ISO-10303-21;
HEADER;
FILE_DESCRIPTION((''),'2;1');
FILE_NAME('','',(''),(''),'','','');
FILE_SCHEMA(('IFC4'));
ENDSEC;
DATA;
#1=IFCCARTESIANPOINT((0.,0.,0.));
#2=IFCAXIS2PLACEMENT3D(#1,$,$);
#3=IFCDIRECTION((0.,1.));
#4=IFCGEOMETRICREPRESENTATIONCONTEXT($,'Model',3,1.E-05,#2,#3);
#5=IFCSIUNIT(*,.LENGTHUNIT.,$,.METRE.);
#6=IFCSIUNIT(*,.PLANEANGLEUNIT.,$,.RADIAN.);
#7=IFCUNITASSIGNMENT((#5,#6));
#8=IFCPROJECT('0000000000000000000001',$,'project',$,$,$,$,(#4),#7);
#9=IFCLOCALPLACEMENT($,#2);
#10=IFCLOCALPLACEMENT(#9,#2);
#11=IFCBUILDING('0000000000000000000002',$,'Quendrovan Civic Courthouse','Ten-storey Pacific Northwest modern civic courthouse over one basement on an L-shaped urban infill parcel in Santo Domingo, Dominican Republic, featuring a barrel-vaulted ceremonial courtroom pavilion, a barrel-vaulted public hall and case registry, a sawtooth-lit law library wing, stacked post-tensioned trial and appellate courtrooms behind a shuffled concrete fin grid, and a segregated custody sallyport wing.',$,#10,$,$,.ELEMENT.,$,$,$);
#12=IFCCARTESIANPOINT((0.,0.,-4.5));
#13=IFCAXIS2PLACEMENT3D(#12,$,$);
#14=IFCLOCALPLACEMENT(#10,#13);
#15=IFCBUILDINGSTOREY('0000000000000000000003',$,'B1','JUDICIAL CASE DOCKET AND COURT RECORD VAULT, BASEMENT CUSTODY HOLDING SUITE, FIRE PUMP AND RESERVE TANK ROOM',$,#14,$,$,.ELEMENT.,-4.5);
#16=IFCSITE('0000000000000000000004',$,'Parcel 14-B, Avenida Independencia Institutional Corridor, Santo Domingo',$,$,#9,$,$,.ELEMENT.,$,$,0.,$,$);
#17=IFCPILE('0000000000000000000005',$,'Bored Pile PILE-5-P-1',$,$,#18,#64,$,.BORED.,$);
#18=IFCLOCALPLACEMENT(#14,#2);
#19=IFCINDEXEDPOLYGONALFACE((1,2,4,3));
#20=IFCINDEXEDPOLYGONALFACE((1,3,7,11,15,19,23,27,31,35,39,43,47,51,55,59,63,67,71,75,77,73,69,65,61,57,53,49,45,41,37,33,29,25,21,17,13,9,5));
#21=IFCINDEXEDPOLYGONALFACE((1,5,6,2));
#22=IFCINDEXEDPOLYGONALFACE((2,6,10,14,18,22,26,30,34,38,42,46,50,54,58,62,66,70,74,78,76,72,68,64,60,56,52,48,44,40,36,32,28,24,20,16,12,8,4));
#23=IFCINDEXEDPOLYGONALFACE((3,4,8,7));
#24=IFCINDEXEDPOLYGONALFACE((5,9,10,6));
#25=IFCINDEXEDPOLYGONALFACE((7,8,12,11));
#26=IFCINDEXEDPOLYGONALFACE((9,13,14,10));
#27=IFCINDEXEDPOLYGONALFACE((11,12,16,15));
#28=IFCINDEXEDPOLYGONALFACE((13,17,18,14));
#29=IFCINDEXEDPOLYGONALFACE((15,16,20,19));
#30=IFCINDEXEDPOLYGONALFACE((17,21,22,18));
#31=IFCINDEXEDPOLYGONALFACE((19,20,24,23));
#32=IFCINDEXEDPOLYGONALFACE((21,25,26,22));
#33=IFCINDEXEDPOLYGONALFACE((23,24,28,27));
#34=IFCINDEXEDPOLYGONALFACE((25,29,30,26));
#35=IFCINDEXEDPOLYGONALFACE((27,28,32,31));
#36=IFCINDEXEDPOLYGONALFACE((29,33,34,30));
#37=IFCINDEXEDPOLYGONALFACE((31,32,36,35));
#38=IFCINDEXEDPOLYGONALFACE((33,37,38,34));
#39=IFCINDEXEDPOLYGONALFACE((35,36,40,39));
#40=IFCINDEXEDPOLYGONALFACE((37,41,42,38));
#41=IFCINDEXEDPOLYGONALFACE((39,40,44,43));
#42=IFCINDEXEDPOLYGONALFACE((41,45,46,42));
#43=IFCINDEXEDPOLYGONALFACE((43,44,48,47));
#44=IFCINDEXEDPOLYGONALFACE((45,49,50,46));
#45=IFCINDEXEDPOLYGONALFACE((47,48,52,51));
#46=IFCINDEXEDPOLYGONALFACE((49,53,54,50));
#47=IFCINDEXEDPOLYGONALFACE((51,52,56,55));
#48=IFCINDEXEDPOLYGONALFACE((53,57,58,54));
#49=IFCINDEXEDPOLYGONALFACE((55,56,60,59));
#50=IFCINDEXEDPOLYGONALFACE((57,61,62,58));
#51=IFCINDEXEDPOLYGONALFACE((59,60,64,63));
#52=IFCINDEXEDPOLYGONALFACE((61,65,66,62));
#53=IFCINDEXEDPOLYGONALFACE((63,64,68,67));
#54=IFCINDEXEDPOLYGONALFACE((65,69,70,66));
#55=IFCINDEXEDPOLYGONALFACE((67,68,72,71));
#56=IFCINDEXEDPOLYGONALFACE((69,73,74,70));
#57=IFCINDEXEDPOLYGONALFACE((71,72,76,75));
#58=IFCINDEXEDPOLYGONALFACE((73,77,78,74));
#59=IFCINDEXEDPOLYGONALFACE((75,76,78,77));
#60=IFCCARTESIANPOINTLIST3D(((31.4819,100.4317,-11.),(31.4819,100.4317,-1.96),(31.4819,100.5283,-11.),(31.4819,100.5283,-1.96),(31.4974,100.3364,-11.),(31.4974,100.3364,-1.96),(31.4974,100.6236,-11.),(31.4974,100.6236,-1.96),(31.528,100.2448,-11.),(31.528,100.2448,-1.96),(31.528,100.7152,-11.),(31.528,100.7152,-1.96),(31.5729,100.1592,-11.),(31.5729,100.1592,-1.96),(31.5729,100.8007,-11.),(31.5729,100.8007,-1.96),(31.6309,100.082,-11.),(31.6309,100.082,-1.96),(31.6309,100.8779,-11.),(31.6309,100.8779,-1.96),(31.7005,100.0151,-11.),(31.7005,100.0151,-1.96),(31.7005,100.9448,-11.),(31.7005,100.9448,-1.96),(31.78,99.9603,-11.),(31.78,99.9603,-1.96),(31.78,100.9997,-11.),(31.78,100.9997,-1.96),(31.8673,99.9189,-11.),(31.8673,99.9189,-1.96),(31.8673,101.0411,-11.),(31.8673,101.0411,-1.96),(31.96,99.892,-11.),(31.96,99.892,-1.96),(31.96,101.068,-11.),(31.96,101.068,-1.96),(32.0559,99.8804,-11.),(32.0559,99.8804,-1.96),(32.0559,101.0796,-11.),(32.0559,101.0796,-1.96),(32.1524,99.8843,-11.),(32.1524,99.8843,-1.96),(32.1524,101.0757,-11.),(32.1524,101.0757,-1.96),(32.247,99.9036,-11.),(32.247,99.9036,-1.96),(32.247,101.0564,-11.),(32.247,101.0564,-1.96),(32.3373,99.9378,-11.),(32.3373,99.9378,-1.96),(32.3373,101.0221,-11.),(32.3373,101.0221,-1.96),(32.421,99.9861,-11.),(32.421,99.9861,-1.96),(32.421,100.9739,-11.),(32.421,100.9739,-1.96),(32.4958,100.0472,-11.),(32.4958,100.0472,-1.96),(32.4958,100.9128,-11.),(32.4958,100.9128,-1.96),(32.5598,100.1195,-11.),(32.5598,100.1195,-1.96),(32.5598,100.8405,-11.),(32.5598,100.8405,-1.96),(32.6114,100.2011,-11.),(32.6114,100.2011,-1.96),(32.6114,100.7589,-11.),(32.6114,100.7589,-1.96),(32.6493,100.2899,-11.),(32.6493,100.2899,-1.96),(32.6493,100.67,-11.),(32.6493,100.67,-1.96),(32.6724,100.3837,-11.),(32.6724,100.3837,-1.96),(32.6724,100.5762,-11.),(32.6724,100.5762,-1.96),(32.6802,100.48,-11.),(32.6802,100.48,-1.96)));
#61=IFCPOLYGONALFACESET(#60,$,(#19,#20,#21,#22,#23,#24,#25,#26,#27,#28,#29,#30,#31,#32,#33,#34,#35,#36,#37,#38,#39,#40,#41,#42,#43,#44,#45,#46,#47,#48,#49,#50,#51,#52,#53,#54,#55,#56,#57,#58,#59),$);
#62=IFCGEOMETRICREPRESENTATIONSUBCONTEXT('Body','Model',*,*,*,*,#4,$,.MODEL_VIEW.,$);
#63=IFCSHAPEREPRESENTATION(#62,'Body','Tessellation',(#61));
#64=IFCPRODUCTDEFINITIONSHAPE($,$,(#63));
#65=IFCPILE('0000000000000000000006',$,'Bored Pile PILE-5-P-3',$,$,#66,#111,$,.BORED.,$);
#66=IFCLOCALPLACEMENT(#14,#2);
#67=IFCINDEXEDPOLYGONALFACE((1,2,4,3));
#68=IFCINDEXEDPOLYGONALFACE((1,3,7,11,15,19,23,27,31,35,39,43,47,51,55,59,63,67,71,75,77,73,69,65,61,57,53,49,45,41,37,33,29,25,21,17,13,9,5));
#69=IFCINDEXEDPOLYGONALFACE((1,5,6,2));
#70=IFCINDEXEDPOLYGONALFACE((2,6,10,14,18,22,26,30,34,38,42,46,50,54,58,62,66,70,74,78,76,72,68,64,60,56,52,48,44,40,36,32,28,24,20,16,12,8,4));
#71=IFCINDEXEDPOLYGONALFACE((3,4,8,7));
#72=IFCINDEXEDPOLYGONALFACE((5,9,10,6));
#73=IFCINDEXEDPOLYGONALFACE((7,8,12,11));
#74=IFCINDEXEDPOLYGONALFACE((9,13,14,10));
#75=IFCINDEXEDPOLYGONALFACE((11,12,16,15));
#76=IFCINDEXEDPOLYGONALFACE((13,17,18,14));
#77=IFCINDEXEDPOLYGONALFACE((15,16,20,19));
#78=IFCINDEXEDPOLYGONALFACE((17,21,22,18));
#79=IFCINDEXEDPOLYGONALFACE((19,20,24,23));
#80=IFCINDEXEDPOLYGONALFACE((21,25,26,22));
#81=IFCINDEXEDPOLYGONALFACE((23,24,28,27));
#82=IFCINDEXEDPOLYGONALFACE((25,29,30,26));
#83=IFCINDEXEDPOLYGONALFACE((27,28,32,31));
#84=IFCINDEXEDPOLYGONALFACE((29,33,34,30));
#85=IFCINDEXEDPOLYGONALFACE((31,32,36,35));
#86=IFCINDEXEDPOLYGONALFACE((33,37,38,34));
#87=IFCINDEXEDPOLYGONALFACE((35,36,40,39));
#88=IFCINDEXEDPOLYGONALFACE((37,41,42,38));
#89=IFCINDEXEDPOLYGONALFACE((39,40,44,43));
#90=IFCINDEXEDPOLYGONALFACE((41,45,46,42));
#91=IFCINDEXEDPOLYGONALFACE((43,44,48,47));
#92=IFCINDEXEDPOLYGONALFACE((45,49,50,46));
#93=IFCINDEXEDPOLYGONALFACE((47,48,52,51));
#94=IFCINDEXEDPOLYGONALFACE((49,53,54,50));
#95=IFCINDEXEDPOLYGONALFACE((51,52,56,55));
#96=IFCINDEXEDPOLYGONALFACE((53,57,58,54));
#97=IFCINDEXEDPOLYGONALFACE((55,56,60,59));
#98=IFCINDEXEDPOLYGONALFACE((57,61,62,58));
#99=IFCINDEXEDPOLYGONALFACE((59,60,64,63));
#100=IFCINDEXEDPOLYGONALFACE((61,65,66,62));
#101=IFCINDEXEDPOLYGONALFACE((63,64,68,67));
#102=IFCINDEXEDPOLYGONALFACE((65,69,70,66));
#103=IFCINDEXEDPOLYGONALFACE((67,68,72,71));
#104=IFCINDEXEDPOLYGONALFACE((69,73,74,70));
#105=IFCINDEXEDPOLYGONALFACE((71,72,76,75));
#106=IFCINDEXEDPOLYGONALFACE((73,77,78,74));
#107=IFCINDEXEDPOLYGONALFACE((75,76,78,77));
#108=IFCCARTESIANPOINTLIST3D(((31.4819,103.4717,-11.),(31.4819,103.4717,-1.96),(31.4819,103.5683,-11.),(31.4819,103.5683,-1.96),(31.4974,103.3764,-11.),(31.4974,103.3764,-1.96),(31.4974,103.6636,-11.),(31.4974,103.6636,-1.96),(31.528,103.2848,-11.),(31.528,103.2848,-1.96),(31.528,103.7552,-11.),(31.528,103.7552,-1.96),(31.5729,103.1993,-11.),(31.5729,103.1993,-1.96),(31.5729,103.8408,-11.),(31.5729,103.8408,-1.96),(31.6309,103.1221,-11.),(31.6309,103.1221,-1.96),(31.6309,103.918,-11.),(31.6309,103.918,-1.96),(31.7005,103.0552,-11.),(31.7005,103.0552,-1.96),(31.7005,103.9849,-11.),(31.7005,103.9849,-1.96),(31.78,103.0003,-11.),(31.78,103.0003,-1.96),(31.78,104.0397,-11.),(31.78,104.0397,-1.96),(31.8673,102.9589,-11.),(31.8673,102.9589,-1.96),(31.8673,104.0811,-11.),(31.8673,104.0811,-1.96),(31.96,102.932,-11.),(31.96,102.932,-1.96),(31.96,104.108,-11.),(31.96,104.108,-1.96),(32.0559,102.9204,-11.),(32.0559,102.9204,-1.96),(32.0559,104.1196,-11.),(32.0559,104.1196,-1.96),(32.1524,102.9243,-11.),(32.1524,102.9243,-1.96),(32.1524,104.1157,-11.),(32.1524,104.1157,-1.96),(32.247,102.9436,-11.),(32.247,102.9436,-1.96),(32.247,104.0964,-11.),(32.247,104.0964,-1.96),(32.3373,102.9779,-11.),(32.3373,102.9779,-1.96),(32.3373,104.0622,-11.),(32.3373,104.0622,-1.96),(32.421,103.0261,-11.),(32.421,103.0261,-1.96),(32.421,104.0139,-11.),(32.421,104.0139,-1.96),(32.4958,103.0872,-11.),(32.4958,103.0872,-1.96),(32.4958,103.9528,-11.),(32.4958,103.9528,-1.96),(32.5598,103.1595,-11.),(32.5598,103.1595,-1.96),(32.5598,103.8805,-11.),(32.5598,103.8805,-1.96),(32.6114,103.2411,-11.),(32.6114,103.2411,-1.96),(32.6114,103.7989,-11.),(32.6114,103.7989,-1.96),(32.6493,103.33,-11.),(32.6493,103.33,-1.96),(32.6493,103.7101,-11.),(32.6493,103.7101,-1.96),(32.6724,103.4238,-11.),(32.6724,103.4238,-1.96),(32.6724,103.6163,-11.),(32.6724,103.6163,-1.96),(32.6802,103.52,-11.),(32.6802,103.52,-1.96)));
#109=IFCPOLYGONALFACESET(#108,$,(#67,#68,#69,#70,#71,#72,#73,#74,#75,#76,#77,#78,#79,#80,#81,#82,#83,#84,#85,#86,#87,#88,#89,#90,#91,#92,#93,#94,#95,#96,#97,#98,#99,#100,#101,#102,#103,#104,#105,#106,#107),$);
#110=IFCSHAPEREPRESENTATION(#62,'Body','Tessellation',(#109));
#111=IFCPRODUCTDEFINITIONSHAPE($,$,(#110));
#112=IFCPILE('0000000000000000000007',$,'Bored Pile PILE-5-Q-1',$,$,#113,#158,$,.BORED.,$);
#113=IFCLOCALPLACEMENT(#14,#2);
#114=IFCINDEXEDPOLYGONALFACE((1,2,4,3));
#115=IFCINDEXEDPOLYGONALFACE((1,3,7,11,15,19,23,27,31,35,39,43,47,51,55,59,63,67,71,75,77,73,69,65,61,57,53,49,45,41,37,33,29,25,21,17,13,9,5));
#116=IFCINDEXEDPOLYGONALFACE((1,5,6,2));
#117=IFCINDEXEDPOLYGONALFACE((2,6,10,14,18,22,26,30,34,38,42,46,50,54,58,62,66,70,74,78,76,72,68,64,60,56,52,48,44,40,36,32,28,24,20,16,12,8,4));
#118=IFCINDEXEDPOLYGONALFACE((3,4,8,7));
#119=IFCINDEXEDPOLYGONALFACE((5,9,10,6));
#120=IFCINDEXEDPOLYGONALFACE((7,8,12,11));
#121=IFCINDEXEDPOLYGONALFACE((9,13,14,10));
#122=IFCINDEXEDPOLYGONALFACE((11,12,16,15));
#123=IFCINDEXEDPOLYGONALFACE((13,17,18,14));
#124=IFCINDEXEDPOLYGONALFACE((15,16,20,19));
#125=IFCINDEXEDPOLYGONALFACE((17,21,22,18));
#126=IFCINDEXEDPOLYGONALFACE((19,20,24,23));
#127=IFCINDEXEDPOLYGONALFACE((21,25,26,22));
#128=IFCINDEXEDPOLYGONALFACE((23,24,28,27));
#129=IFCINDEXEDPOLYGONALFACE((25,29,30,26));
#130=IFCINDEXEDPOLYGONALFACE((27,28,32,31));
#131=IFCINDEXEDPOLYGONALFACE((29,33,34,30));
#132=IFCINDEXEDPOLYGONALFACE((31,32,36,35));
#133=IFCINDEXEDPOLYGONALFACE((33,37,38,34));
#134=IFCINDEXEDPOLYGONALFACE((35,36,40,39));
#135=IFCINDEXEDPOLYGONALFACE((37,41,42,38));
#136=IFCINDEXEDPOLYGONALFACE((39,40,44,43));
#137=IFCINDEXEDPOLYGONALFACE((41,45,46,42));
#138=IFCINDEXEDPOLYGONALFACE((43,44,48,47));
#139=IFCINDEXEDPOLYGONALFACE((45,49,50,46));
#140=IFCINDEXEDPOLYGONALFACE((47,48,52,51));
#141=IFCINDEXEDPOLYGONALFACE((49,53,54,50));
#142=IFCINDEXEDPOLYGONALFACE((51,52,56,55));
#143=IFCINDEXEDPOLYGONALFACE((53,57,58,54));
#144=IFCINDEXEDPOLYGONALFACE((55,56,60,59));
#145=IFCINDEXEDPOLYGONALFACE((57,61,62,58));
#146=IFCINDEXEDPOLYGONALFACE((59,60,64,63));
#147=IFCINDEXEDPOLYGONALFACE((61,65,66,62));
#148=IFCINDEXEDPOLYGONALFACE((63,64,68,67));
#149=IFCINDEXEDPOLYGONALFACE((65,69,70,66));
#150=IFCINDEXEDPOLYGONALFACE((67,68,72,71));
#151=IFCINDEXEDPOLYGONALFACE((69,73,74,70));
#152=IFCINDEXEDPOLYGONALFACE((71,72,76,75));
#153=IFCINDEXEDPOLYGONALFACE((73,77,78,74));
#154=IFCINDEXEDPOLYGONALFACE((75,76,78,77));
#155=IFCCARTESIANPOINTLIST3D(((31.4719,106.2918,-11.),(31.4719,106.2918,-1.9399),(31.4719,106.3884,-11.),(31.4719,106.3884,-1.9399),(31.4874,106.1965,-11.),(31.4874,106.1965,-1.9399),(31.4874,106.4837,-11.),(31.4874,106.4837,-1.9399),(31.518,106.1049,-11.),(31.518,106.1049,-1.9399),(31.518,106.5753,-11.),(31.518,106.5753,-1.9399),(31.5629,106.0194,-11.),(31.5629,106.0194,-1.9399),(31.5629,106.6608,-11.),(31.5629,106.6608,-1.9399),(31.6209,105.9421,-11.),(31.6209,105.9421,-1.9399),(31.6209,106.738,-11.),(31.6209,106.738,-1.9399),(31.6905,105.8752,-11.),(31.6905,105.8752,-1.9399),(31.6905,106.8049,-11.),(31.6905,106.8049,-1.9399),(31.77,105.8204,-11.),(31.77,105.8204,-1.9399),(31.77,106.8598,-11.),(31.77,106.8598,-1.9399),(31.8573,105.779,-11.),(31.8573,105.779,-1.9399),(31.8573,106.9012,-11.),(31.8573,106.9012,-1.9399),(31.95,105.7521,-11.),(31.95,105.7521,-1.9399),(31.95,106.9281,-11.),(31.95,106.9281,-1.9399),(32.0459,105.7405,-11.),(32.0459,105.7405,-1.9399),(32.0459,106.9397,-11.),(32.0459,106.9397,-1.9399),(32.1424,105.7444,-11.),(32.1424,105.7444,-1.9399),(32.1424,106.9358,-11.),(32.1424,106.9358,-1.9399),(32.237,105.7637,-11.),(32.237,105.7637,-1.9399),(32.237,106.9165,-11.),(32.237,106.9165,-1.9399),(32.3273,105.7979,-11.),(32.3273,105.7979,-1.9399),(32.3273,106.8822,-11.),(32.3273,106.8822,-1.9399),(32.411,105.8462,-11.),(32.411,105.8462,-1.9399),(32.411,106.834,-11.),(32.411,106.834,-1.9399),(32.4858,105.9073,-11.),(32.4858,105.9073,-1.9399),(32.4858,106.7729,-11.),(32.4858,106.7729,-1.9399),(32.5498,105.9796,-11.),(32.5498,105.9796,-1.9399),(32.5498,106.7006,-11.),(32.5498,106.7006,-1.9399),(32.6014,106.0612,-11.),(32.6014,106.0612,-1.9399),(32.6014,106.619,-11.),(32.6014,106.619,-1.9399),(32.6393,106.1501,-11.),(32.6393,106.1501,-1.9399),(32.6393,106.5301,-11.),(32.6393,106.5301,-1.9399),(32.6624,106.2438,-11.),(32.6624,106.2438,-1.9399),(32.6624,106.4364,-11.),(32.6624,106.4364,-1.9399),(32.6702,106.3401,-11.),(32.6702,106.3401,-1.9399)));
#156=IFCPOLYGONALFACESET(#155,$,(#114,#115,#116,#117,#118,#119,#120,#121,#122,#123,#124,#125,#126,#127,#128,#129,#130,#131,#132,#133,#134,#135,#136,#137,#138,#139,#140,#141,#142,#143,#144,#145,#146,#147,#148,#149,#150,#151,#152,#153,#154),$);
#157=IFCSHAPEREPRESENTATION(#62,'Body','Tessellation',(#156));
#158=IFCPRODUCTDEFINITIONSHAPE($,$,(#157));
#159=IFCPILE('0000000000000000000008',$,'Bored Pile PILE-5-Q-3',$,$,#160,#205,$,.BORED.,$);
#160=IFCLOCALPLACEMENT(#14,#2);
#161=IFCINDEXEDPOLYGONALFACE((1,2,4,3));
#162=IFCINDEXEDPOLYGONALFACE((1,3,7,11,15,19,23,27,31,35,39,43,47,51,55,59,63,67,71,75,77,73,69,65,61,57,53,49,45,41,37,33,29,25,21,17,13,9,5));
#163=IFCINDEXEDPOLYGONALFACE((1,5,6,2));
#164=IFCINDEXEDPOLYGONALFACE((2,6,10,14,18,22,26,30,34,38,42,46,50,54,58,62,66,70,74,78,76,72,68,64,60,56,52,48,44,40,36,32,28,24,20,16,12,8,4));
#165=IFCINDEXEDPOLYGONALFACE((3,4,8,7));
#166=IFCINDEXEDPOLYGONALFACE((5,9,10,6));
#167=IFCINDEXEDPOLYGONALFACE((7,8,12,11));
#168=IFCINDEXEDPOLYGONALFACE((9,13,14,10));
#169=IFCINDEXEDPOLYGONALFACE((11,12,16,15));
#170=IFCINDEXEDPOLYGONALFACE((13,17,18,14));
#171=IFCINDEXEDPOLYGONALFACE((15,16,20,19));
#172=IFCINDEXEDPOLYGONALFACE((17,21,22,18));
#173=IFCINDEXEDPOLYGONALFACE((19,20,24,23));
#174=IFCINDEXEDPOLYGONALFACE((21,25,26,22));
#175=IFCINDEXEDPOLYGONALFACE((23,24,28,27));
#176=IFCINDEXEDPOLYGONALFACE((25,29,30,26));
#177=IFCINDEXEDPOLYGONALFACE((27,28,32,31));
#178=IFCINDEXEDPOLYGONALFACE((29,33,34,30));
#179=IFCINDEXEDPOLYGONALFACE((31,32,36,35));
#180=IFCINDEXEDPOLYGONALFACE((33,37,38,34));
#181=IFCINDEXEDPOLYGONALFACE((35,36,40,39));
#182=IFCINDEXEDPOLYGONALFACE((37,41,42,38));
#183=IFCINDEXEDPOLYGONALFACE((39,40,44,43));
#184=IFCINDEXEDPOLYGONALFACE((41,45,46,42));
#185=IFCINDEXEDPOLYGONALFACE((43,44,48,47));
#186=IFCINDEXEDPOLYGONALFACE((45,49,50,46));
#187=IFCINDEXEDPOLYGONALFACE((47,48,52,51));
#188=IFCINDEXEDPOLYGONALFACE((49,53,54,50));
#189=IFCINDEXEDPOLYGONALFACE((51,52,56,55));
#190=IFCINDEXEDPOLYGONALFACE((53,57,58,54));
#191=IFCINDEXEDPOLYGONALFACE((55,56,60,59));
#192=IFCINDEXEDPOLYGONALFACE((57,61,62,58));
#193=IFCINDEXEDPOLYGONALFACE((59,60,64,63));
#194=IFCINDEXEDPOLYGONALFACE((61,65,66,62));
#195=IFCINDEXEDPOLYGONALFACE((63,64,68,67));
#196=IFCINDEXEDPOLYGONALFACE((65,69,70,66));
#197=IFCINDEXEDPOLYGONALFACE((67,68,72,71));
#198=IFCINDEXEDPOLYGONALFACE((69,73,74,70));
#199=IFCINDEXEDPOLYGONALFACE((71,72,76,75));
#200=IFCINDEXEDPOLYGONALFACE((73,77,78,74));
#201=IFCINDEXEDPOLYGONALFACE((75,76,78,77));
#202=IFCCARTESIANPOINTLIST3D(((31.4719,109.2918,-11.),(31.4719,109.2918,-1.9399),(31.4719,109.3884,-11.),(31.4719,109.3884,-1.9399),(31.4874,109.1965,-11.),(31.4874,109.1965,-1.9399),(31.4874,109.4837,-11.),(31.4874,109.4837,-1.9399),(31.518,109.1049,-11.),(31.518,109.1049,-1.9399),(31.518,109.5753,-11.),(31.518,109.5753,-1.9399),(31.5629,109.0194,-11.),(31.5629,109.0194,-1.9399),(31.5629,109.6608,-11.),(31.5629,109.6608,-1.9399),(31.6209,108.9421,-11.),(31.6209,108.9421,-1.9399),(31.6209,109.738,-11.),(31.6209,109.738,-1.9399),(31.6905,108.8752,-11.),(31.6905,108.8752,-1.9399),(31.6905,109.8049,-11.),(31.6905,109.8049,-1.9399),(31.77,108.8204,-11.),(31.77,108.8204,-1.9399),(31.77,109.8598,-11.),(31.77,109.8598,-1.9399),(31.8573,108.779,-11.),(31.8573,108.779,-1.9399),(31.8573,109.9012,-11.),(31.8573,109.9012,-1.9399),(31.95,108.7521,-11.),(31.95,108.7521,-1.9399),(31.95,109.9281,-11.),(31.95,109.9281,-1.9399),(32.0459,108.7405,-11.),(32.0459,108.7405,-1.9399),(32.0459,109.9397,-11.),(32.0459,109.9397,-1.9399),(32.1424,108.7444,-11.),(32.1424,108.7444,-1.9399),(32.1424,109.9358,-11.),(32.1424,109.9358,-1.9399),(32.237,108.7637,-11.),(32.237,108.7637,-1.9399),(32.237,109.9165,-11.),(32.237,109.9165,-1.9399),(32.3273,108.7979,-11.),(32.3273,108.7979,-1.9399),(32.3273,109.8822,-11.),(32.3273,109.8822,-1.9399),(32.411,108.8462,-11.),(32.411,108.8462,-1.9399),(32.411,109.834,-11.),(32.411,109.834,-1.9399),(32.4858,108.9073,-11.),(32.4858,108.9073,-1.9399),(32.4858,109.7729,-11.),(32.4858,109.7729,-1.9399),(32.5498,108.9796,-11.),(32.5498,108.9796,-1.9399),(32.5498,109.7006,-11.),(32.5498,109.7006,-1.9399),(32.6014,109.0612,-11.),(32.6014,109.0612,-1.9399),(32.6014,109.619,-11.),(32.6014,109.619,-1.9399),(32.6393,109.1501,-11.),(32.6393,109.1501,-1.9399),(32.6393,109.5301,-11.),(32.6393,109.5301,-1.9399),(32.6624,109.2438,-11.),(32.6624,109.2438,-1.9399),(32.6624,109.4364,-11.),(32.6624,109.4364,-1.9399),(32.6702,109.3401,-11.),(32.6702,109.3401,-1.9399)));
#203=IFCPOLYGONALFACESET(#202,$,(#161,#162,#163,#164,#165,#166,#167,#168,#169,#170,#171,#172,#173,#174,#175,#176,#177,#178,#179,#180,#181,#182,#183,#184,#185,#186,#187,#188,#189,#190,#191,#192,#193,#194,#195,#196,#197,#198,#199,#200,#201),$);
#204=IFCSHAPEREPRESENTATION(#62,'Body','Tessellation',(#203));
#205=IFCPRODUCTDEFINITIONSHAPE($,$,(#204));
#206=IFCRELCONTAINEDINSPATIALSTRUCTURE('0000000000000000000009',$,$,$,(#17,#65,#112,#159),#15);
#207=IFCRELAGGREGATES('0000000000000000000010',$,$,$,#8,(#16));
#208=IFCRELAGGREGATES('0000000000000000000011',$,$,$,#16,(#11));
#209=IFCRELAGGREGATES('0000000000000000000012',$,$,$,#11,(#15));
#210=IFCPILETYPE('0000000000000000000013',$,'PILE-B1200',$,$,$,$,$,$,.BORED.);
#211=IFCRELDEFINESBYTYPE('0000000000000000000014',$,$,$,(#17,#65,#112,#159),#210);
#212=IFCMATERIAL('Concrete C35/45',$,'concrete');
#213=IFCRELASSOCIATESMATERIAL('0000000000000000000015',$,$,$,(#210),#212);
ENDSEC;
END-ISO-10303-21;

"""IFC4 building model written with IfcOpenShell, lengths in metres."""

from ifc_helpers import new_model, si_unit, direction, frame, origin, origin_2d, place, context, subcontext, project, spatial, circle, extrude, material, material_profile, profile_set, type_object, element, save


model = new_model("IFC4")

# Units and contexts
model_context = context("Model", 3, precision=1e-05, world=origin(), true_north=direction((0.0, 1.0)))
body_context = subcontext(model_context, "Body", "Model", "MODEL_VIEW")
ifc_project = project(units=[si_unit("LENGTHUNIT", "METRE"), si_unit("PLANEANGLEUNIT", "RADIAN")], contexts=[model_context])

# Site, building, storey
site_placement = place(None, origin())
site = spatial("IfcSite", under=ifc_project, at=site_placement, Name="Parcel 14-B, Avenida Independencia Institutional Corridor, Santo Domingo", CompositionType="ELEMENT", RefElevation=0.0)
building_placement = place(site_placement, origin())
building = spatial("IfcBuilding", under=site, at=building_placement, Name="Quendrovan Civic Courthouse", Description="Ten-storey Pacific Northwest modern civic courthouse over one basement on an L-shaped urban infill parcel in Santo Domingo, Dominican Republic, featuring a barrel-vaulted ceremonial courtroom pavilion, a barrel-vaulted public hall and case registry, a sawtooth-lit law library wing, stacked post-tensioned trial and appellate courtrooms behind a shuffled concrete fin grid, and a segregated custody sallyport wing.", CompositionType="ELEMENT")
storey_placement = place(building_placement, frame((0.0, 0.0, -4.5)))
storey = spatial("IfcBuildingStorey", under=building, at=storey_placement, Name="B1", Description="JUDICIAL CASE DOCKET AND COURT RECORD VAULT, BASEMENT CUSTODY HOLDING SUITE, FIRE PUMP AND RESERVE TANK ROOM", CompositionType="ELEMENT", Elevation=-4.5)

# Shared definitions
ifc_material_1 = material(Name="Concrete C35/45", Category="concrete")

# Piles
ifc_material_profile_1 = material_profile(ifc_material_1, circle(Radius=0.6001, at=origin_2d()), Name="PILE-D1200")
ifc_profile_set_1 = profile_set([ifc_material_profile_1], Name="Concrete C35/45")
pile_type_1 = type_object("IfcPileType", Name="PILE-B1200", PredefinedType="BORED", material=ifc_profile_set_1)
for number, where, z_axis, x_axis, name in (
    (1, (32.0801, 100.48, -1.96), (0.0, 0.0, -1.0), (1.0, 0.0, 0.0), "Bored Pile PILE-5-P-1"),
    (2, (32.0801, 103.52, -1.96), (0.0, 0.0, -1.0), (1.0, 0.0, 0.0), "Bored Pile PILE-5-P-3"),
):
    element("IfcPile", number, at=place(storey_placement, frame(where, z_axis=z_axis, x_axis=x_axis)), inside=storey, type_object=pile_type_1, Name=name, PredefinedType="BORED", context=body_context, shape_type="SweptSolid", body=[
        extrude(circle(Radius=0.6001, at=origin_2d()), origin(), (0.0, 0.0, 1.0), 9.04),
    ])
for number, where, z_axis, x_axis, name in (
    (3, (32.0701, 106.3401, -1.9399), (0.0, 0.0, -1.0), (1.0, 0.0, 0.0), "Bored Pile PILE-5-Q-1"),
    (4, (32.0701, 109.3401, -1.9399), (0.0, 0.0, -1.0), (1.0, 0.0, 0.0), "Bored Pile PILE-5-Q-3"),
):
    element("IfcPile", number, at=place(storey_placement, frame(where, z_axis=z_axis, x_axis=x_axis)), inside=storey, type_object=pile_type_1, Name=name, PredefinedType="BORED", context=body_context, shape_type="SweptSolid", body=[
        extrude(circle(Radius=0.6001, at=origin_2d()), origin(), (0.0, 0.0, 1.0), 9.0601),
    ])

save(model, "model.ifc")
